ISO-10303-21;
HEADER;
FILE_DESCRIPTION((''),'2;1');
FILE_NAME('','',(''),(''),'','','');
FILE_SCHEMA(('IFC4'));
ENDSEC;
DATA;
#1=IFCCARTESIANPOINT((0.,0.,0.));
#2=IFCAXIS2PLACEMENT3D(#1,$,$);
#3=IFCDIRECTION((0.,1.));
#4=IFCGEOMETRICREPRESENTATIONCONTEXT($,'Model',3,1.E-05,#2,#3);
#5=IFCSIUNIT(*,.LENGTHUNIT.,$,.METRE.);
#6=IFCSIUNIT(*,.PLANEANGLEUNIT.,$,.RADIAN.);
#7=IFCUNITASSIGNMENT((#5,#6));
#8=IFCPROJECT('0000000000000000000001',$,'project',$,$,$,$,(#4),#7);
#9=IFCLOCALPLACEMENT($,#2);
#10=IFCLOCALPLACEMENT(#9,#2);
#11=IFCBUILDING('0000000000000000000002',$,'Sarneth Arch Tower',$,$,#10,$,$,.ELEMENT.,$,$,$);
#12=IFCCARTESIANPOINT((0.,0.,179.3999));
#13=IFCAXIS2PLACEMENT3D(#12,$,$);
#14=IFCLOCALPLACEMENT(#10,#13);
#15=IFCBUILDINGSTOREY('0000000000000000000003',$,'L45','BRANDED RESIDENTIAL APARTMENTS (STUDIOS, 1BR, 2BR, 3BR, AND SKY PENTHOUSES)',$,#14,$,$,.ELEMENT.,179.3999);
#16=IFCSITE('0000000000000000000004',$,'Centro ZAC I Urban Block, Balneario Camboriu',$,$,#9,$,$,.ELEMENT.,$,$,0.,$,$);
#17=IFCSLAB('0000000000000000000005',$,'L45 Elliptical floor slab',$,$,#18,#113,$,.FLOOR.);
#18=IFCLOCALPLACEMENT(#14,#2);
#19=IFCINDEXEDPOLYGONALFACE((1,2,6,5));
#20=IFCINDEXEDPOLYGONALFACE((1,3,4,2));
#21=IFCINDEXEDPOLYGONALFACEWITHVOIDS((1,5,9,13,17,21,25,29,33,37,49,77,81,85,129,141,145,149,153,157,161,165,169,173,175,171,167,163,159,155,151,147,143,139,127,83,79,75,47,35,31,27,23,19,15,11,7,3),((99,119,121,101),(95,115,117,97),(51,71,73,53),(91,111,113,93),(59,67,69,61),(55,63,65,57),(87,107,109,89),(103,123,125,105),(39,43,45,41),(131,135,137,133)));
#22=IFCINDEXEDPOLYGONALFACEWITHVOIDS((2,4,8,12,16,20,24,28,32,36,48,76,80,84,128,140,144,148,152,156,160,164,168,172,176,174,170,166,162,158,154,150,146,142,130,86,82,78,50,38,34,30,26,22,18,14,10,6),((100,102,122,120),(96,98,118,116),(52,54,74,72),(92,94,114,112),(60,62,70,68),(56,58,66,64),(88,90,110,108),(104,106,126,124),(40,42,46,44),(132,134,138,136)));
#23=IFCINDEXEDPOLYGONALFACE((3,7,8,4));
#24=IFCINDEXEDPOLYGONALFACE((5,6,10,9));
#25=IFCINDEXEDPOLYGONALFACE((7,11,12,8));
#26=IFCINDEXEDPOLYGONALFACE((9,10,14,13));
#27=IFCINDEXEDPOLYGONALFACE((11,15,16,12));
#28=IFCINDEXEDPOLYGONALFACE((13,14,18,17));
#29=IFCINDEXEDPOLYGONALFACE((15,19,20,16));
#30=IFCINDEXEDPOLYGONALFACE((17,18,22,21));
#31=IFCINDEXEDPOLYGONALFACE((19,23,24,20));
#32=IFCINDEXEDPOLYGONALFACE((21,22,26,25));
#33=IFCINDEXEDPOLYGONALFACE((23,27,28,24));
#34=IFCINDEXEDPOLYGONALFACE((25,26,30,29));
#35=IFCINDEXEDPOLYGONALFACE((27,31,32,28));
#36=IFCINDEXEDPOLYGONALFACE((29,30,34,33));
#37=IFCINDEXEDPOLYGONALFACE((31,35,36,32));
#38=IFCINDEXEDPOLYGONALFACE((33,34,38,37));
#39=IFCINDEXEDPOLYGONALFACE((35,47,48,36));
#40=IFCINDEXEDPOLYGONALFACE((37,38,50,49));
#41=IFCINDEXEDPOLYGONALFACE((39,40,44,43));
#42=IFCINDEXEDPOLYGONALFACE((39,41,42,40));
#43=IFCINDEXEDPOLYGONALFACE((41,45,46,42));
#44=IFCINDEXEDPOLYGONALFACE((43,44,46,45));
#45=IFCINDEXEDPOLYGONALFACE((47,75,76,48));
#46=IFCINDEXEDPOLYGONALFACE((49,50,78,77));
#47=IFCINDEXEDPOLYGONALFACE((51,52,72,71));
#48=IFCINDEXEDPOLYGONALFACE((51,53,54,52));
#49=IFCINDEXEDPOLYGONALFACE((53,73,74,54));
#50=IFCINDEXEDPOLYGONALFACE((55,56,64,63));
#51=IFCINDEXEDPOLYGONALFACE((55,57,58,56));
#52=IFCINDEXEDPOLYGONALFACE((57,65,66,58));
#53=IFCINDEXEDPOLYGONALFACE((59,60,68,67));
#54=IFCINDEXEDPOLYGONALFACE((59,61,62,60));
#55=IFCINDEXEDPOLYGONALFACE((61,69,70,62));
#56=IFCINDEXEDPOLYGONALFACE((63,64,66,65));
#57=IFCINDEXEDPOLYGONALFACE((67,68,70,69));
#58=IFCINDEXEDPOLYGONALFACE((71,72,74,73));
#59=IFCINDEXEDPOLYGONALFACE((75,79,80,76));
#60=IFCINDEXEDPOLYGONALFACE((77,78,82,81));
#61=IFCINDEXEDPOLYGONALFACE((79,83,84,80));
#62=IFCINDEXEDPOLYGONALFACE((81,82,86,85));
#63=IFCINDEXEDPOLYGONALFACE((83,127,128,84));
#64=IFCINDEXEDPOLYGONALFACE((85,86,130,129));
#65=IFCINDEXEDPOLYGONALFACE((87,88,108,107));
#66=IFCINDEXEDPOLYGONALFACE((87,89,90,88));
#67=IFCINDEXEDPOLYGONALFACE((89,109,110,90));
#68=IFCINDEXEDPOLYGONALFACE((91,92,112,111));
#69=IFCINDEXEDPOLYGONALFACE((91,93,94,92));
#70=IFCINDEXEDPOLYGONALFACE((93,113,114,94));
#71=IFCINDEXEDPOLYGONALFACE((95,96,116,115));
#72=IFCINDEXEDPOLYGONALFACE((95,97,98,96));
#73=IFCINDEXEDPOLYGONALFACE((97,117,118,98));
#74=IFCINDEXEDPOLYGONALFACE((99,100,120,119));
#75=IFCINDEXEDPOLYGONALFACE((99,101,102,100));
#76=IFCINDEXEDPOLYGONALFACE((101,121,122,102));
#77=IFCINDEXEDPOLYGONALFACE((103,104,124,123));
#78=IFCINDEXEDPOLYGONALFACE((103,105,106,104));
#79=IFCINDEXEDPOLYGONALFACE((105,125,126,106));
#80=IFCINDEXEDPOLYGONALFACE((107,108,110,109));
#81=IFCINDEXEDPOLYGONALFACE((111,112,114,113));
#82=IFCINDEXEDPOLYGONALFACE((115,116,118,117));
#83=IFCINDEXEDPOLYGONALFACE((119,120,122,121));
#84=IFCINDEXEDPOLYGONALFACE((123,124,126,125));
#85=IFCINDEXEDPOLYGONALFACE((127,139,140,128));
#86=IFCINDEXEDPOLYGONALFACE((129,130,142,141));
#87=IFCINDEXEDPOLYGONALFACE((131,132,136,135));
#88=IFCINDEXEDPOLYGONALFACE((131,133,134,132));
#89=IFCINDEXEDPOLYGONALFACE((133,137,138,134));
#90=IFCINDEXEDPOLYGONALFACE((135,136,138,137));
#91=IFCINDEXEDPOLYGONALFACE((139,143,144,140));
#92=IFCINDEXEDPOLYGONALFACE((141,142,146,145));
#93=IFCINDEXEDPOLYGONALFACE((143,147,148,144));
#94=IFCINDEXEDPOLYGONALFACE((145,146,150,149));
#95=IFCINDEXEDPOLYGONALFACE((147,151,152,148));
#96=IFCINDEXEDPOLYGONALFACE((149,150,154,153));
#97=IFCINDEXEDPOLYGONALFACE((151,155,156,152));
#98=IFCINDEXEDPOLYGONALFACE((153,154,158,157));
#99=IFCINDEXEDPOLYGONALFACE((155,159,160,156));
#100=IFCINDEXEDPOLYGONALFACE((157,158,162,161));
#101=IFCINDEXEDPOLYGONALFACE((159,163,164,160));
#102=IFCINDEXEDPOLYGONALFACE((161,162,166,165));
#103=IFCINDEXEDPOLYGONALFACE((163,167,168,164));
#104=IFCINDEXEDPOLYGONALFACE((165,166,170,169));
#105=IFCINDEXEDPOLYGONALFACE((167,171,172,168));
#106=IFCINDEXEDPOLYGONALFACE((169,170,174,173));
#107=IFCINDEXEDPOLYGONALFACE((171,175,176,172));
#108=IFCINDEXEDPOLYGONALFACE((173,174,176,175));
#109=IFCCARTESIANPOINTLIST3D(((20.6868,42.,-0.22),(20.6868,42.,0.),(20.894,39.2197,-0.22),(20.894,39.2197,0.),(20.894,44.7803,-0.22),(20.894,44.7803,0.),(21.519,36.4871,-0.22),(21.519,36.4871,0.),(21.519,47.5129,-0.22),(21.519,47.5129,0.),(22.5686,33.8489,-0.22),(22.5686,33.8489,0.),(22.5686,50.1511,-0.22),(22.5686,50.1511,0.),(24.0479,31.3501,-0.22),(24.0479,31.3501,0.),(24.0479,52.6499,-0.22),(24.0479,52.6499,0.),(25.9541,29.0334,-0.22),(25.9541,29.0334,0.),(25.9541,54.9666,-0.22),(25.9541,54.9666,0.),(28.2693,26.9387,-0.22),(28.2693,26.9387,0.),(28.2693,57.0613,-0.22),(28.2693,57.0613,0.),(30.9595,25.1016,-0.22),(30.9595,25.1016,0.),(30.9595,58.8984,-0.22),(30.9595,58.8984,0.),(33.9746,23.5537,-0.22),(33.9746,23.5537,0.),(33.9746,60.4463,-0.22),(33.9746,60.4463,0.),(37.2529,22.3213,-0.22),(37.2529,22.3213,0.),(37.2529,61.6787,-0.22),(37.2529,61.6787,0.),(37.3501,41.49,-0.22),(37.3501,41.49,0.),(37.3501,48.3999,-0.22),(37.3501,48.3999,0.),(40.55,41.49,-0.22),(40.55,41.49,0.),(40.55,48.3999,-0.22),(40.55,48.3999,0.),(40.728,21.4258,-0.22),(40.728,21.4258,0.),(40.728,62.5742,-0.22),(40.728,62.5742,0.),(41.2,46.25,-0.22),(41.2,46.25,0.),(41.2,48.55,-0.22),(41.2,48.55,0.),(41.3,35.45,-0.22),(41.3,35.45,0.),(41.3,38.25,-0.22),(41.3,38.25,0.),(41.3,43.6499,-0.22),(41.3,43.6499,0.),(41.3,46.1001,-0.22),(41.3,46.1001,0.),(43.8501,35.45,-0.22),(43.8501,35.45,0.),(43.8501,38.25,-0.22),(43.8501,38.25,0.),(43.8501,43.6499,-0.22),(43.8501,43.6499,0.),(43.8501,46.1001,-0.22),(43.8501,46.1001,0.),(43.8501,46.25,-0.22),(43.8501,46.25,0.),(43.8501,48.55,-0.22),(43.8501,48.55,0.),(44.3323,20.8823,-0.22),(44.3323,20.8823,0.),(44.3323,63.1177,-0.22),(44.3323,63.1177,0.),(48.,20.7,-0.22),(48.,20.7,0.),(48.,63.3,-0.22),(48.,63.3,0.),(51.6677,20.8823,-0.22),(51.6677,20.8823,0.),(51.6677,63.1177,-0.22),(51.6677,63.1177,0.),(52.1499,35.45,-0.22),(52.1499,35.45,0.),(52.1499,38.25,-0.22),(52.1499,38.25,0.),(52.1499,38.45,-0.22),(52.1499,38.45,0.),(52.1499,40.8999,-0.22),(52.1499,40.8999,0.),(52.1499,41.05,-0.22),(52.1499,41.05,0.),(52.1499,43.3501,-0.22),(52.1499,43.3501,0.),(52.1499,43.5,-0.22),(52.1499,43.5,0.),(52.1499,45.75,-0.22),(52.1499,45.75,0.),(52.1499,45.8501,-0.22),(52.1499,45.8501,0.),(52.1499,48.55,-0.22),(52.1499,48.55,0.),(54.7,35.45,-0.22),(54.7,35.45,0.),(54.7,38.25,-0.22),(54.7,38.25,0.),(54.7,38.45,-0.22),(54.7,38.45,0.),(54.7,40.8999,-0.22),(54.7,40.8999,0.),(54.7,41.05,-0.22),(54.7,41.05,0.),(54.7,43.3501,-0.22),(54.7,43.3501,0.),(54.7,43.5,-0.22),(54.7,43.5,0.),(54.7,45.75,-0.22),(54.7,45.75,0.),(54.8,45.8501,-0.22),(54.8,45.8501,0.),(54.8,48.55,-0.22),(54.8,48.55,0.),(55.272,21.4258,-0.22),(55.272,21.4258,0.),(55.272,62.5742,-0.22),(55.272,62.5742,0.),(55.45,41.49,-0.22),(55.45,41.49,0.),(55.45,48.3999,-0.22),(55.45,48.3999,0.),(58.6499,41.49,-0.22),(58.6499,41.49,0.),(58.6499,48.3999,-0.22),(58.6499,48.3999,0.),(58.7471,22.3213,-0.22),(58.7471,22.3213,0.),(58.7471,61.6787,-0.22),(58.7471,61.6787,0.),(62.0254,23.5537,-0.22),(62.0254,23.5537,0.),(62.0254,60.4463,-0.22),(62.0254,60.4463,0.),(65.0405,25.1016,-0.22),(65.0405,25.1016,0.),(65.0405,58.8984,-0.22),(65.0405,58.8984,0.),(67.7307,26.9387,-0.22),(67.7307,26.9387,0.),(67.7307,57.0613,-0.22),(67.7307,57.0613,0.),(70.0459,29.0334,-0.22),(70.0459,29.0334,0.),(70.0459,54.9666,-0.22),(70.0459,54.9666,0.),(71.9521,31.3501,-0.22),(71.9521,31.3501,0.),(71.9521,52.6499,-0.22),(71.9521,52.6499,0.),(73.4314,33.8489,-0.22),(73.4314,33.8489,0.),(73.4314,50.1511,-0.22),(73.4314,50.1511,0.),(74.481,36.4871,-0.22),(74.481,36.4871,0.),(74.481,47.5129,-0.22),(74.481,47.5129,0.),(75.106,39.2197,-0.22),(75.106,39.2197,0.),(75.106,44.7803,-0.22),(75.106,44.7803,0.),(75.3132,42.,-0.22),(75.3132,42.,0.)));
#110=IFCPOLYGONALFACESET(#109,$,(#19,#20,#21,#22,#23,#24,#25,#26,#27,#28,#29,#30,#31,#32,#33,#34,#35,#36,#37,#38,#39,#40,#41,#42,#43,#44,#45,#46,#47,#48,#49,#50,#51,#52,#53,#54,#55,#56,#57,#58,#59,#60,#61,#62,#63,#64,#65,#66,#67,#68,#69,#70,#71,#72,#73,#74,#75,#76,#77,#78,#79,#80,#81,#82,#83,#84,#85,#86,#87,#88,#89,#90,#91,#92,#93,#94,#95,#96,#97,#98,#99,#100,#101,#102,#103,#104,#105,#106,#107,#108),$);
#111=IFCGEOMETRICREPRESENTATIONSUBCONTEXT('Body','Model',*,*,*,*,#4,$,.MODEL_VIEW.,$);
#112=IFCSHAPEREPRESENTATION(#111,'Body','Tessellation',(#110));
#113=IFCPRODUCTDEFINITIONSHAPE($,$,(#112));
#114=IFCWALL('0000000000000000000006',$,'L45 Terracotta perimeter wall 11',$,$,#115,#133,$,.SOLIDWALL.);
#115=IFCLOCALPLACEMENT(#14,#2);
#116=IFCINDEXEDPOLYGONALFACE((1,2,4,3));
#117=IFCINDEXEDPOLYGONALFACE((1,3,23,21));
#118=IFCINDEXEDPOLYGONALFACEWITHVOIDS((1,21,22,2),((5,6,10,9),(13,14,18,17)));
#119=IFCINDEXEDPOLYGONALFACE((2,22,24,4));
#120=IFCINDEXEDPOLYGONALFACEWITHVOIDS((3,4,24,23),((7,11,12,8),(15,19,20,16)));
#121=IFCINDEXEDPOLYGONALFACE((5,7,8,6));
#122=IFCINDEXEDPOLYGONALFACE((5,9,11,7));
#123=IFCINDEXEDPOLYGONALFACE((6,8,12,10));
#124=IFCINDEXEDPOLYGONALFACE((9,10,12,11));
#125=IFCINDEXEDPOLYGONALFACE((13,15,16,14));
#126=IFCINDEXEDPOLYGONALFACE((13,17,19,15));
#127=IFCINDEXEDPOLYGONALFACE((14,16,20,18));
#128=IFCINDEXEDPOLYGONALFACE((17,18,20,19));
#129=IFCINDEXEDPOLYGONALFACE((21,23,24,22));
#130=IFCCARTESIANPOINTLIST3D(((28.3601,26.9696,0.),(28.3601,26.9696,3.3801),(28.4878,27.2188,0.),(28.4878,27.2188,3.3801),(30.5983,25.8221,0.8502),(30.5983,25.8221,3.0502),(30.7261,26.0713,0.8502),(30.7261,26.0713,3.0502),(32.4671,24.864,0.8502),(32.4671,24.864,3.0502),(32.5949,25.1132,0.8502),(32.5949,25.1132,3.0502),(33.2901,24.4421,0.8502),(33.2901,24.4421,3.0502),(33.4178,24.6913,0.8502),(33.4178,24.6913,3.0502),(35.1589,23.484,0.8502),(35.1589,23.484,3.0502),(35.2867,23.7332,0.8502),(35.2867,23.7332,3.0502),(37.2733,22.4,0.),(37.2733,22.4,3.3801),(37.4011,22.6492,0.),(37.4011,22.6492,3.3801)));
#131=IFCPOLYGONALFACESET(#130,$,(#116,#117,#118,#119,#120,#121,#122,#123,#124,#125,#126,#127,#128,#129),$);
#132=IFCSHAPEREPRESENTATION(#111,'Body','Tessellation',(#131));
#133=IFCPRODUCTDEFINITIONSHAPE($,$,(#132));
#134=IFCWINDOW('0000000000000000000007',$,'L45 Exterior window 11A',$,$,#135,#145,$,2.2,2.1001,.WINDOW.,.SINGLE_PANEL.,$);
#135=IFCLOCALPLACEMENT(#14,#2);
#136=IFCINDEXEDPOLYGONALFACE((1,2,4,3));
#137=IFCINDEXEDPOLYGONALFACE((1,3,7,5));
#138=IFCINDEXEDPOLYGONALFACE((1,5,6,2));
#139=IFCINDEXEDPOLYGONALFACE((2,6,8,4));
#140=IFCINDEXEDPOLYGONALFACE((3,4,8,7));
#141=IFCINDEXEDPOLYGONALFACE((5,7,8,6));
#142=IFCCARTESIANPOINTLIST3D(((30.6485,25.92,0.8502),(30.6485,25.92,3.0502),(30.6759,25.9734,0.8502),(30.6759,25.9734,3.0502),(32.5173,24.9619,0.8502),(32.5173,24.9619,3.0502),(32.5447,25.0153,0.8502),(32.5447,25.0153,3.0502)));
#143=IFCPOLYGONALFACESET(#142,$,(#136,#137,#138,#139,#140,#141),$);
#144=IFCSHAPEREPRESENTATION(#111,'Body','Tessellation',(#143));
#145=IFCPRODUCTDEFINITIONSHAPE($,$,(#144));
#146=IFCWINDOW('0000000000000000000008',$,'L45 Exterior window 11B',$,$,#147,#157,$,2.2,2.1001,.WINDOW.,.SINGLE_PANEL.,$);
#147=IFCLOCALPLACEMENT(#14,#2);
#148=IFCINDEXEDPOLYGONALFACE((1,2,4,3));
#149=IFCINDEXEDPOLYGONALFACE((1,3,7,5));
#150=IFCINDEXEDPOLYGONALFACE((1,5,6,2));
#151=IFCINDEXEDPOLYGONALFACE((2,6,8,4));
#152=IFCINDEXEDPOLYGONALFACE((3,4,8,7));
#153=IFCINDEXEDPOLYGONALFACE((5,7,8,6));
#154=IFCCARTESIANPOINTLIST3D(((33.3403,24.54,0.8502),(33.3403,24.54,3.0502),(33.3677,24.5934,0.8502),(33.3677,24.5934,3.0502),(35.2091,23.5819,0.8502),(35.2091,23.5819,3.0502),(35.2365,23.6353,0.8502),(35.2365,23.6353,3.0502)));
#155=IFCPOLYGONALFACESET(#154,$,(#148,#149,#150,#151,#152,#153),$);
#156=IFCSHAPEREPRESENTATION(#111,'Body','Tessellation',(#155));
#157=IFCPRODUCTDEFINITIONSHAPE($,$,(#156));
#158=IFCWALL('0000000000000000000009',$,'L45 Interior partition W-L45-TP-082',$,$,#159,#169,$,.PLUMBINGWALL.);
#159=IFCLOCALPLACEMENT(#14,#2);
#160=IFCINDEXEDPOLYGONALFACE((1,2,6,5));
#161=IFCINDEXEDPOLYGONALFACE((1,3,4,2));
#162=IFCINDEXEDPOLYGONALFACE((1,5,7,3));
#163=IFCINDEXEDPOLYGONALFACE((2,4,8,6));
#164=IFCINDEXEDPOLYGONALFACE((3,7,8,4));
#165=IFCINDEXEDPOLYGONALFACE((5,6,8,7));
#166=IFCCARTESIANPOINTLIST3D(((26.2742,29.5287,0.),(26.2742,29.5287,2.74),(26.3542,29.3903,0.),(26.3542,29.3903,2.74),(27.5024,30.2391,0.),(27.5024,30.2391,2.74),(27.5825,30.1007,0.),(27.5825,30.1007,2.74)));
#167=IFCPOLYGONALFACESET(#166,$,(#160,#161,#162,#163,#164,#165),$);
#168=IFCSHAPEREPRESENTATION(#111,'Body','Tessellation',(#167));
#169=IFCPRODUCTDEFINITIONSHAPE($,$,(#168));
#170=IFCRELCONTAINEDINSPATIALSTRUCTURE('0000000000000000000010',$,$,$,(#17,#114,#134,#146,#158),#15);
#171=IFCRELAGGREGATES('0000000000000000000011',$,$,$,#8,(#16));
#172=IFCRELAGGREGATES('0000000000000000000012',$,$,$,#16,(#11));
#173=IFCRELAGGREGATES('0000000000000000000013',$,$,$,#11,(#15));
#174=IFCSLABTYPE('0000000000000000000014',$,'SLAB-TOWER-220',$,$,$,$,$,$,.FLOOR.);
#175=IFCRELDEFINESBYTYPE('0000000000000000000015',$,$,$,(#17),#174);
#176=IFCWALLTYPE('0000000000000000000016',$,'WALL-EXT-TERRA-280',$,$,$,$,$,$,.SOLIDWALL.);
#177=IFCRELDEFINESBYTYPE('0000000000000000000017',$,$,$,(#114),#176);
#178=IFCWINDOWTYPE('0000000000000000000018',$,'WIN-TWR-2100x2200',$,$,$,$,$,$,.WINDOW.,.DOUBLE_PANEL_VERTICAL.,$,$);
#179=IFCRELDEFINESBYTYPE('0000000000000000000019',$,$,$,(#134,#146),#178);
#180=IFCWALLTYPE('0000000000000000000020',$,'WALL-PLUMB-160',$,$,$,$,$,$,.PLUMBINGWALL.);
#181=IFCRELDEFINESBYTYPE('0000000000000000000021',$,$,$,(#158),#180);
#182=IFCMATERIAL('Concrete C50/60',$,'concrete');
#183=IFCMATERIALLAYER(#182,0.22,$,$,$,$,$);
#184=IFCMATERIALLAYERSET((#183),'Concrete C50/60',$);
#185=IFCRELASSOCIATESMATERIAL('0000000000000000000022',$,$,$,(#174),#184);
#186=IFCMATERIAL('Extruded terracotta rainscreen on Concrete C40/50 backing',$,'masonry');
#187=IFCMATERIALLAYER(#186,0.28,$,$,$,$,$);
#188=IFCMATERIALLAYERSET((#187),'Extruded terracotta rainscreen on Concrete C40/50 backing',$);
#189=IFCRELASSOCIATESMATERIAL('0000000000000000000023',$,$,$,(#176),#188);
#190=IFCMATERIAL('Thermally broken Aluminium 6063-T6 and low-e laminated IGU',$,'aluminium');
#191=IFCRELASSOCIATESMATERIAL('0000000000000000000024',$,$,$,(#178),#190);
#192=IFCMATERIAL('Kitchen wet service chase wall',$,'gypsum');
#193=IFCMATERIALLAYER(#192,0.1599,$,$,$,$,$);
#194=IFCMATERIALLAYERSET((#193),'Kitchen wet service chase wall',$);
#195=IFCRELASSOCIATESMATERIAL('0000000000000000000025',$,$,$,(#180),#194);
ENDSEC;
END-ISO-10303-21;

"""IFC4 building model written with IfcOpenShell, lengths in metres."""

from ifc_helpers import new_model, si_unit, direction, frame, frame_2d, origin, place, context, subcontext, project, spatial, polyline, rectangle, outline, extrude, material, layer, layer_set, type_object, element, fill, save


model = new_model("IFC4")

# Units and contexts
model_context = context("Model", 3, precision=1e-05, world=origin(), true_north=direction((0.0, 1.0)))
body_context = subcontext(model_context, "Body", "Model", "MODEL_VIEW")
ifc_project = project(units=[si_unit("LENGTHUNIT", "METRE"), si_unit("PLANEANGLEUNIT", "RADIAN")], contexts=[model_context])

# Site, building, storey
site_placement = place(None, origin())
site = spatial("IfcSite", under=ifc_project, at=site_placement, Name="Centro ZAC I Urban Block, Balneario Camboriu", CompositionType="ELEMENT", RefElevation=0.0)
building_placement = place(site_placement, origin())
building = spatial("IfcBuilding", under=site, at=building_placement, Name="Sarneth Arch Tower", CompositionType="ELEMENT")
storey_placement = place(building_placement, frame((0.0, 0.0, 179.3999)))
storey = spatial("IfcBuildingStorey", under=building, at=storey_placement, Name="L45", Description="BRANDED RESIDENTIAL APARTMENTS (STUDIOS, 1BR, 2BR, 3BR, AND SKY PENTHOUSES)", CompositionType="ELEMENT", Elevation=179.3999)

# Slab
ifc_material_1 = material(Name="Concrete C50/60", Category="concrete")
ifc_layer_1 = layer(ifc_material_1, 0.22)
ifc_layer_set_1 = layer_set([ifc_layer_1], Name="Concrete C50/60")
slab_type_1 = type_object("IfcSlabType", Name="SLAB-TOWER-220", PredefinedType="FLOOR", material=ifc_layer_set_1)
slab_1_placement = place(storey_placement, frame((0.0, 0.0, -0.22)))
element("IfcSlab", 1, at=slab_1_placement, inside=storey, type_object=slab_type_1, Name="L45 Elliptical floor slab", PredefinedType="FLOOR", context=body_context, shape_type="SweptSolid", body=[
    extrude(outline(polyline([(75.3132, 42.0), (75.106, 44.7803), (74.481, 47.5129), (73.4314, 50.1511), (71.9521, 52.6499), (70.0459, 54.9666), (67.7307, 57.0613), (65.0405, 58.8984), (62.0254, 60.4463), (58.7471, 61.6787), (55.272, 62.5742), (51.6677, 63.1177), (48.0, 63.3), (44.3323, 63.1177), (40.728, 62.5742), (37.2529, 61.6787), (33.9746, 60.4463), (30.9595, 58.8984), (28.2693, 57.0613), (25.9541, 54.9666), (24.0479, 52.6499), (22.5686, 50.1511), (21.519, 47.5129), (20.894, 44.7803), (20.6868, 42.0), (20.894, 39.2197), (21.519, 36.4871), (22.5686, 33.8489), (24.0479, 31.3501), (25.9541, 29.0334), (28.2693, 26.9387), (30.9595, 25.1016), (33.9746, 23.5537), (37.2529, 22.3213), (40.728, 21.4258), (44.3323, 20.8823), (48.0, 20.7), (51.6677, 20.8823), (55.272, 21.4258), (58.7471, 22.3213), (62.0254, 23.5537), (65.0405, 25.1016), (67.7307, 26.9387), (70.0459, 29.0334), (71.9521, 31.3501), (73.4314, 33.8489), (74.481, 36.4871), (75.106, 39.2197), (75.3132, 42.0)]), holes=[polyline([(37.3501, 41.49), (40.55, 41.49), (40.55, 48.3999), (37.3501, 48.3999), (37.3501, 41.49)]), polyline([(55.45, 41.49), (58.6499, 41.49), (58.6499, 48.3999), (55.45, 48.3999), (55.45, 41.49)]), polyline([(41.2, 46.25), (43.8501, 46.25), (43.8501, 48.55), (41.2, 48.55), (41.2, 46.25)]), polyline([(41.3, 35.45), (43.8501, 35.45), (43.8501, 38.25), (41.3, 38.25), (41.3, 35.45)]), polyline([(52.1499, 35.45), (54.7, 35.45), (54.7, 38.25), (52.1499, 38.25), (52.1499, 35.45)]), polyline([(52.1499, 45.8501), (54.8, 45.8501), (54.8, 48.55), (52.1499, 48.55), (52.1499, 45.8501)]), polyline([(41.3, 43.6499), (43.8501, 43.6499), (43.8501, 46.1001), (41.3, 46.1001), (41.3, 43.6499)]), polyline([(52.1499, 38.45), (54.7, 38.45), (54.7, 40.8999), (52.1499, 40.8999), (52.1499, 38.45)]), polyline([(52.1499, 41.05), (54.7, 41.05), (54.7, 43.3501), (52.1499, 43.3501), (52.1499, 41.05)]), polyline([(52.1499, 43.5), (54.7, 43.5), (54.7, 45.75), (52.1499, 45.75), (52.1499, 43.5)])]), origin(), (0.0, 0.0, 1.0), 0.22),
])

# Wall, openings, windows
ifc_material_2 = material(Name="Extruded terracotta rainscreen on Concrete C40/50 backing", Category="masonry")
ifc_layer_2 = layer(ifc_material_2, 0.28)
ifc_layer_set_2 = layer_set([ifc_layer_2], Name="Extruded terracotta rainscreen on Concrete C40/50 backing")
wall_type_1 = type_object("IfcWallType", Name="WALL-EXT-TERRA-280", PredefinedType="SOLIDWALL", material=ifc_layer_set_2)
wall_1_placement = place(storey_placement, frame((28.4238, 27.0942, 0.0), z_axis=(0.0, 0.0, 1.0), x_axis=(0.889873, -0.456209, 0.0)))
wall_1 = element("IfcWall", 2, at=wall_1_placement, inside=storey, type_object=wall_type_1, Name="L45 Terracotta perimeter wall 11", PredefinedType="SOLIDWALL", context=body_context, shape_type="SweptSolid", body=[
    extrude(rectangle(XDim=10.0164, YDim=0.28, at=frame_2d((5.0083, 0.0))), origin(), (0.0, 0.0, 1.0), 3.3801),
])
opening_1_placement = place(wall_1_placement, frame((2.5154, 0.0, 0.8501)))
opening_1 = element("IfcOpeningElement", 3, at=opening_1_placement, cuts=wall_1, PredefinedType="OPENING", context=body_context, shape_type="SweptSolid", body=[
    extrude(rectangle(XDim=2.1001, YDim=2.2, at=frame_2d((1.05, 1.1001))), frame((0.0, 0.1499, 0.0), z_axis=(0.0, -1.0, 0.0), x_axis=(1.0, 0.0, 0.0)), (0.0, 0.0, 1.0), 0.3),
])
opening_2_placement = place(wall_1_placement, frame((5.5403, 0.0, 0.8501)))
opening_2 = element("IfcOpeningElement", 4, at=opening_2_placement, cuts=wall_1, PredefinedType="OPENING", context=body_context, shape_type="SweptSolid", body=[
    extrude(rectangle(XDim=2.1001, YDim=2.2, at=frame_2d((1.05, 1.1001))), frame((0.0, 0.1499, 0.0), z_axis=(0.0, -1.0, 0.0), x_axis=(1.0, 0.0, 0.0)), (0.0, 0.0, 1.0), 0.3),
])
ifc_material_3 = material(Name="Thermally broken Aluminium 6063-T6 and low-e laminated IGU", Category="aluminium")
window_type = type_object("IfcWindowType", Name="WIN-TWR-2100x2200", PartitioningType="DOUBLE_PANEL_VERTICAL", PredefinedType="WINDOW", material=ifc_material_3)
window_1_placement = place(opening_1_placement, origin())
window_1 = element("IfcWindow", 5, at=window_1_placement, inside=storey, type_object=window_type, Name="L45 Exterior window 11A", OverallHeight=2.2, OverallWidth=2.1001, PartitioningType="SINGLE_PANEL", PredefinedType="WINDOW", context=body_context, shape_type="SweptSolid", body=[
    extrude(rectangle(XDim=2.1001, YDim=2.2, at=frame_2d((1.05, 1.1001))), frame((0.0, 0.03, 0.0), z_axis=(0.0, -1.0, 0.0), x_axis=(1.0, 0.0, 0.0)), (0.0, 0.0, 1.0), 0.0601),
])
fill(opening_1, window_1)
window_2_placement = place(opening_2_placement, origin())
window_2 = element("IfcWindow", 6, at=window_2_placement, inside=storey, type_object=window_type, Name="L45 Exterior window 11B", OverallHeight=2.2, OverallWidth=2.1001, PartitioningType="SINGLE_PANEL", PredefinedType="WINDOW", context=body_context, shape_type="SweptSolid", body=[
    extrude(rectangle(XDim=2.1001, YDim=2.2, at=frame_2d((1.05, 1.1001))), frame((0.0, 0.03, 0.0), z_axis=(0.0, -1.0, 0.0), x_axis=(1.0, 0.0, 0.0)), (0.0, 0.0, 1.0), 0.0601),
])
fill(opening_2, window_2)

# Wall
ifc_material_4 = material(Name="Kitchen wet service chase wall", Category="gypsum")
ifc_layer_3 = layer(ifc_material_4, 0.1599)
ifc_layer_set_3 = layer_set([ifc_layer_3], Name="Kitchen wet service chase wall")
wall_type_2 = type_object("IfcWallType", Name="WALL-PLUMB-160", PredefinedType="PLUMBINGWALL", material=ifc_layer_set_3)
wall_2_placement = place(storey_placement, frame((27.5425, 30.1699, 0.0), z_axis=(0.0, 0.0, 1.0), x_axis=(-0.865626, -0.50069, 0.0)))
element("IfcWall", 7, at=wall_2_placement, inside=storey, type_object=wall_type_2, Name="L45 Interior partition W-L45-TP-082", PredefinedType="PLUMBINGWALL", context=body_context, shape_type="SweptSolid", body=[
    extrude(rectangle(XDim=1.4189, YDim=0.1599, at=frame_2d((0.7095, 0.0))), origin(), (0.0, 0.0, 1.0), 2.74),
])

save(model, "model.ifc")
